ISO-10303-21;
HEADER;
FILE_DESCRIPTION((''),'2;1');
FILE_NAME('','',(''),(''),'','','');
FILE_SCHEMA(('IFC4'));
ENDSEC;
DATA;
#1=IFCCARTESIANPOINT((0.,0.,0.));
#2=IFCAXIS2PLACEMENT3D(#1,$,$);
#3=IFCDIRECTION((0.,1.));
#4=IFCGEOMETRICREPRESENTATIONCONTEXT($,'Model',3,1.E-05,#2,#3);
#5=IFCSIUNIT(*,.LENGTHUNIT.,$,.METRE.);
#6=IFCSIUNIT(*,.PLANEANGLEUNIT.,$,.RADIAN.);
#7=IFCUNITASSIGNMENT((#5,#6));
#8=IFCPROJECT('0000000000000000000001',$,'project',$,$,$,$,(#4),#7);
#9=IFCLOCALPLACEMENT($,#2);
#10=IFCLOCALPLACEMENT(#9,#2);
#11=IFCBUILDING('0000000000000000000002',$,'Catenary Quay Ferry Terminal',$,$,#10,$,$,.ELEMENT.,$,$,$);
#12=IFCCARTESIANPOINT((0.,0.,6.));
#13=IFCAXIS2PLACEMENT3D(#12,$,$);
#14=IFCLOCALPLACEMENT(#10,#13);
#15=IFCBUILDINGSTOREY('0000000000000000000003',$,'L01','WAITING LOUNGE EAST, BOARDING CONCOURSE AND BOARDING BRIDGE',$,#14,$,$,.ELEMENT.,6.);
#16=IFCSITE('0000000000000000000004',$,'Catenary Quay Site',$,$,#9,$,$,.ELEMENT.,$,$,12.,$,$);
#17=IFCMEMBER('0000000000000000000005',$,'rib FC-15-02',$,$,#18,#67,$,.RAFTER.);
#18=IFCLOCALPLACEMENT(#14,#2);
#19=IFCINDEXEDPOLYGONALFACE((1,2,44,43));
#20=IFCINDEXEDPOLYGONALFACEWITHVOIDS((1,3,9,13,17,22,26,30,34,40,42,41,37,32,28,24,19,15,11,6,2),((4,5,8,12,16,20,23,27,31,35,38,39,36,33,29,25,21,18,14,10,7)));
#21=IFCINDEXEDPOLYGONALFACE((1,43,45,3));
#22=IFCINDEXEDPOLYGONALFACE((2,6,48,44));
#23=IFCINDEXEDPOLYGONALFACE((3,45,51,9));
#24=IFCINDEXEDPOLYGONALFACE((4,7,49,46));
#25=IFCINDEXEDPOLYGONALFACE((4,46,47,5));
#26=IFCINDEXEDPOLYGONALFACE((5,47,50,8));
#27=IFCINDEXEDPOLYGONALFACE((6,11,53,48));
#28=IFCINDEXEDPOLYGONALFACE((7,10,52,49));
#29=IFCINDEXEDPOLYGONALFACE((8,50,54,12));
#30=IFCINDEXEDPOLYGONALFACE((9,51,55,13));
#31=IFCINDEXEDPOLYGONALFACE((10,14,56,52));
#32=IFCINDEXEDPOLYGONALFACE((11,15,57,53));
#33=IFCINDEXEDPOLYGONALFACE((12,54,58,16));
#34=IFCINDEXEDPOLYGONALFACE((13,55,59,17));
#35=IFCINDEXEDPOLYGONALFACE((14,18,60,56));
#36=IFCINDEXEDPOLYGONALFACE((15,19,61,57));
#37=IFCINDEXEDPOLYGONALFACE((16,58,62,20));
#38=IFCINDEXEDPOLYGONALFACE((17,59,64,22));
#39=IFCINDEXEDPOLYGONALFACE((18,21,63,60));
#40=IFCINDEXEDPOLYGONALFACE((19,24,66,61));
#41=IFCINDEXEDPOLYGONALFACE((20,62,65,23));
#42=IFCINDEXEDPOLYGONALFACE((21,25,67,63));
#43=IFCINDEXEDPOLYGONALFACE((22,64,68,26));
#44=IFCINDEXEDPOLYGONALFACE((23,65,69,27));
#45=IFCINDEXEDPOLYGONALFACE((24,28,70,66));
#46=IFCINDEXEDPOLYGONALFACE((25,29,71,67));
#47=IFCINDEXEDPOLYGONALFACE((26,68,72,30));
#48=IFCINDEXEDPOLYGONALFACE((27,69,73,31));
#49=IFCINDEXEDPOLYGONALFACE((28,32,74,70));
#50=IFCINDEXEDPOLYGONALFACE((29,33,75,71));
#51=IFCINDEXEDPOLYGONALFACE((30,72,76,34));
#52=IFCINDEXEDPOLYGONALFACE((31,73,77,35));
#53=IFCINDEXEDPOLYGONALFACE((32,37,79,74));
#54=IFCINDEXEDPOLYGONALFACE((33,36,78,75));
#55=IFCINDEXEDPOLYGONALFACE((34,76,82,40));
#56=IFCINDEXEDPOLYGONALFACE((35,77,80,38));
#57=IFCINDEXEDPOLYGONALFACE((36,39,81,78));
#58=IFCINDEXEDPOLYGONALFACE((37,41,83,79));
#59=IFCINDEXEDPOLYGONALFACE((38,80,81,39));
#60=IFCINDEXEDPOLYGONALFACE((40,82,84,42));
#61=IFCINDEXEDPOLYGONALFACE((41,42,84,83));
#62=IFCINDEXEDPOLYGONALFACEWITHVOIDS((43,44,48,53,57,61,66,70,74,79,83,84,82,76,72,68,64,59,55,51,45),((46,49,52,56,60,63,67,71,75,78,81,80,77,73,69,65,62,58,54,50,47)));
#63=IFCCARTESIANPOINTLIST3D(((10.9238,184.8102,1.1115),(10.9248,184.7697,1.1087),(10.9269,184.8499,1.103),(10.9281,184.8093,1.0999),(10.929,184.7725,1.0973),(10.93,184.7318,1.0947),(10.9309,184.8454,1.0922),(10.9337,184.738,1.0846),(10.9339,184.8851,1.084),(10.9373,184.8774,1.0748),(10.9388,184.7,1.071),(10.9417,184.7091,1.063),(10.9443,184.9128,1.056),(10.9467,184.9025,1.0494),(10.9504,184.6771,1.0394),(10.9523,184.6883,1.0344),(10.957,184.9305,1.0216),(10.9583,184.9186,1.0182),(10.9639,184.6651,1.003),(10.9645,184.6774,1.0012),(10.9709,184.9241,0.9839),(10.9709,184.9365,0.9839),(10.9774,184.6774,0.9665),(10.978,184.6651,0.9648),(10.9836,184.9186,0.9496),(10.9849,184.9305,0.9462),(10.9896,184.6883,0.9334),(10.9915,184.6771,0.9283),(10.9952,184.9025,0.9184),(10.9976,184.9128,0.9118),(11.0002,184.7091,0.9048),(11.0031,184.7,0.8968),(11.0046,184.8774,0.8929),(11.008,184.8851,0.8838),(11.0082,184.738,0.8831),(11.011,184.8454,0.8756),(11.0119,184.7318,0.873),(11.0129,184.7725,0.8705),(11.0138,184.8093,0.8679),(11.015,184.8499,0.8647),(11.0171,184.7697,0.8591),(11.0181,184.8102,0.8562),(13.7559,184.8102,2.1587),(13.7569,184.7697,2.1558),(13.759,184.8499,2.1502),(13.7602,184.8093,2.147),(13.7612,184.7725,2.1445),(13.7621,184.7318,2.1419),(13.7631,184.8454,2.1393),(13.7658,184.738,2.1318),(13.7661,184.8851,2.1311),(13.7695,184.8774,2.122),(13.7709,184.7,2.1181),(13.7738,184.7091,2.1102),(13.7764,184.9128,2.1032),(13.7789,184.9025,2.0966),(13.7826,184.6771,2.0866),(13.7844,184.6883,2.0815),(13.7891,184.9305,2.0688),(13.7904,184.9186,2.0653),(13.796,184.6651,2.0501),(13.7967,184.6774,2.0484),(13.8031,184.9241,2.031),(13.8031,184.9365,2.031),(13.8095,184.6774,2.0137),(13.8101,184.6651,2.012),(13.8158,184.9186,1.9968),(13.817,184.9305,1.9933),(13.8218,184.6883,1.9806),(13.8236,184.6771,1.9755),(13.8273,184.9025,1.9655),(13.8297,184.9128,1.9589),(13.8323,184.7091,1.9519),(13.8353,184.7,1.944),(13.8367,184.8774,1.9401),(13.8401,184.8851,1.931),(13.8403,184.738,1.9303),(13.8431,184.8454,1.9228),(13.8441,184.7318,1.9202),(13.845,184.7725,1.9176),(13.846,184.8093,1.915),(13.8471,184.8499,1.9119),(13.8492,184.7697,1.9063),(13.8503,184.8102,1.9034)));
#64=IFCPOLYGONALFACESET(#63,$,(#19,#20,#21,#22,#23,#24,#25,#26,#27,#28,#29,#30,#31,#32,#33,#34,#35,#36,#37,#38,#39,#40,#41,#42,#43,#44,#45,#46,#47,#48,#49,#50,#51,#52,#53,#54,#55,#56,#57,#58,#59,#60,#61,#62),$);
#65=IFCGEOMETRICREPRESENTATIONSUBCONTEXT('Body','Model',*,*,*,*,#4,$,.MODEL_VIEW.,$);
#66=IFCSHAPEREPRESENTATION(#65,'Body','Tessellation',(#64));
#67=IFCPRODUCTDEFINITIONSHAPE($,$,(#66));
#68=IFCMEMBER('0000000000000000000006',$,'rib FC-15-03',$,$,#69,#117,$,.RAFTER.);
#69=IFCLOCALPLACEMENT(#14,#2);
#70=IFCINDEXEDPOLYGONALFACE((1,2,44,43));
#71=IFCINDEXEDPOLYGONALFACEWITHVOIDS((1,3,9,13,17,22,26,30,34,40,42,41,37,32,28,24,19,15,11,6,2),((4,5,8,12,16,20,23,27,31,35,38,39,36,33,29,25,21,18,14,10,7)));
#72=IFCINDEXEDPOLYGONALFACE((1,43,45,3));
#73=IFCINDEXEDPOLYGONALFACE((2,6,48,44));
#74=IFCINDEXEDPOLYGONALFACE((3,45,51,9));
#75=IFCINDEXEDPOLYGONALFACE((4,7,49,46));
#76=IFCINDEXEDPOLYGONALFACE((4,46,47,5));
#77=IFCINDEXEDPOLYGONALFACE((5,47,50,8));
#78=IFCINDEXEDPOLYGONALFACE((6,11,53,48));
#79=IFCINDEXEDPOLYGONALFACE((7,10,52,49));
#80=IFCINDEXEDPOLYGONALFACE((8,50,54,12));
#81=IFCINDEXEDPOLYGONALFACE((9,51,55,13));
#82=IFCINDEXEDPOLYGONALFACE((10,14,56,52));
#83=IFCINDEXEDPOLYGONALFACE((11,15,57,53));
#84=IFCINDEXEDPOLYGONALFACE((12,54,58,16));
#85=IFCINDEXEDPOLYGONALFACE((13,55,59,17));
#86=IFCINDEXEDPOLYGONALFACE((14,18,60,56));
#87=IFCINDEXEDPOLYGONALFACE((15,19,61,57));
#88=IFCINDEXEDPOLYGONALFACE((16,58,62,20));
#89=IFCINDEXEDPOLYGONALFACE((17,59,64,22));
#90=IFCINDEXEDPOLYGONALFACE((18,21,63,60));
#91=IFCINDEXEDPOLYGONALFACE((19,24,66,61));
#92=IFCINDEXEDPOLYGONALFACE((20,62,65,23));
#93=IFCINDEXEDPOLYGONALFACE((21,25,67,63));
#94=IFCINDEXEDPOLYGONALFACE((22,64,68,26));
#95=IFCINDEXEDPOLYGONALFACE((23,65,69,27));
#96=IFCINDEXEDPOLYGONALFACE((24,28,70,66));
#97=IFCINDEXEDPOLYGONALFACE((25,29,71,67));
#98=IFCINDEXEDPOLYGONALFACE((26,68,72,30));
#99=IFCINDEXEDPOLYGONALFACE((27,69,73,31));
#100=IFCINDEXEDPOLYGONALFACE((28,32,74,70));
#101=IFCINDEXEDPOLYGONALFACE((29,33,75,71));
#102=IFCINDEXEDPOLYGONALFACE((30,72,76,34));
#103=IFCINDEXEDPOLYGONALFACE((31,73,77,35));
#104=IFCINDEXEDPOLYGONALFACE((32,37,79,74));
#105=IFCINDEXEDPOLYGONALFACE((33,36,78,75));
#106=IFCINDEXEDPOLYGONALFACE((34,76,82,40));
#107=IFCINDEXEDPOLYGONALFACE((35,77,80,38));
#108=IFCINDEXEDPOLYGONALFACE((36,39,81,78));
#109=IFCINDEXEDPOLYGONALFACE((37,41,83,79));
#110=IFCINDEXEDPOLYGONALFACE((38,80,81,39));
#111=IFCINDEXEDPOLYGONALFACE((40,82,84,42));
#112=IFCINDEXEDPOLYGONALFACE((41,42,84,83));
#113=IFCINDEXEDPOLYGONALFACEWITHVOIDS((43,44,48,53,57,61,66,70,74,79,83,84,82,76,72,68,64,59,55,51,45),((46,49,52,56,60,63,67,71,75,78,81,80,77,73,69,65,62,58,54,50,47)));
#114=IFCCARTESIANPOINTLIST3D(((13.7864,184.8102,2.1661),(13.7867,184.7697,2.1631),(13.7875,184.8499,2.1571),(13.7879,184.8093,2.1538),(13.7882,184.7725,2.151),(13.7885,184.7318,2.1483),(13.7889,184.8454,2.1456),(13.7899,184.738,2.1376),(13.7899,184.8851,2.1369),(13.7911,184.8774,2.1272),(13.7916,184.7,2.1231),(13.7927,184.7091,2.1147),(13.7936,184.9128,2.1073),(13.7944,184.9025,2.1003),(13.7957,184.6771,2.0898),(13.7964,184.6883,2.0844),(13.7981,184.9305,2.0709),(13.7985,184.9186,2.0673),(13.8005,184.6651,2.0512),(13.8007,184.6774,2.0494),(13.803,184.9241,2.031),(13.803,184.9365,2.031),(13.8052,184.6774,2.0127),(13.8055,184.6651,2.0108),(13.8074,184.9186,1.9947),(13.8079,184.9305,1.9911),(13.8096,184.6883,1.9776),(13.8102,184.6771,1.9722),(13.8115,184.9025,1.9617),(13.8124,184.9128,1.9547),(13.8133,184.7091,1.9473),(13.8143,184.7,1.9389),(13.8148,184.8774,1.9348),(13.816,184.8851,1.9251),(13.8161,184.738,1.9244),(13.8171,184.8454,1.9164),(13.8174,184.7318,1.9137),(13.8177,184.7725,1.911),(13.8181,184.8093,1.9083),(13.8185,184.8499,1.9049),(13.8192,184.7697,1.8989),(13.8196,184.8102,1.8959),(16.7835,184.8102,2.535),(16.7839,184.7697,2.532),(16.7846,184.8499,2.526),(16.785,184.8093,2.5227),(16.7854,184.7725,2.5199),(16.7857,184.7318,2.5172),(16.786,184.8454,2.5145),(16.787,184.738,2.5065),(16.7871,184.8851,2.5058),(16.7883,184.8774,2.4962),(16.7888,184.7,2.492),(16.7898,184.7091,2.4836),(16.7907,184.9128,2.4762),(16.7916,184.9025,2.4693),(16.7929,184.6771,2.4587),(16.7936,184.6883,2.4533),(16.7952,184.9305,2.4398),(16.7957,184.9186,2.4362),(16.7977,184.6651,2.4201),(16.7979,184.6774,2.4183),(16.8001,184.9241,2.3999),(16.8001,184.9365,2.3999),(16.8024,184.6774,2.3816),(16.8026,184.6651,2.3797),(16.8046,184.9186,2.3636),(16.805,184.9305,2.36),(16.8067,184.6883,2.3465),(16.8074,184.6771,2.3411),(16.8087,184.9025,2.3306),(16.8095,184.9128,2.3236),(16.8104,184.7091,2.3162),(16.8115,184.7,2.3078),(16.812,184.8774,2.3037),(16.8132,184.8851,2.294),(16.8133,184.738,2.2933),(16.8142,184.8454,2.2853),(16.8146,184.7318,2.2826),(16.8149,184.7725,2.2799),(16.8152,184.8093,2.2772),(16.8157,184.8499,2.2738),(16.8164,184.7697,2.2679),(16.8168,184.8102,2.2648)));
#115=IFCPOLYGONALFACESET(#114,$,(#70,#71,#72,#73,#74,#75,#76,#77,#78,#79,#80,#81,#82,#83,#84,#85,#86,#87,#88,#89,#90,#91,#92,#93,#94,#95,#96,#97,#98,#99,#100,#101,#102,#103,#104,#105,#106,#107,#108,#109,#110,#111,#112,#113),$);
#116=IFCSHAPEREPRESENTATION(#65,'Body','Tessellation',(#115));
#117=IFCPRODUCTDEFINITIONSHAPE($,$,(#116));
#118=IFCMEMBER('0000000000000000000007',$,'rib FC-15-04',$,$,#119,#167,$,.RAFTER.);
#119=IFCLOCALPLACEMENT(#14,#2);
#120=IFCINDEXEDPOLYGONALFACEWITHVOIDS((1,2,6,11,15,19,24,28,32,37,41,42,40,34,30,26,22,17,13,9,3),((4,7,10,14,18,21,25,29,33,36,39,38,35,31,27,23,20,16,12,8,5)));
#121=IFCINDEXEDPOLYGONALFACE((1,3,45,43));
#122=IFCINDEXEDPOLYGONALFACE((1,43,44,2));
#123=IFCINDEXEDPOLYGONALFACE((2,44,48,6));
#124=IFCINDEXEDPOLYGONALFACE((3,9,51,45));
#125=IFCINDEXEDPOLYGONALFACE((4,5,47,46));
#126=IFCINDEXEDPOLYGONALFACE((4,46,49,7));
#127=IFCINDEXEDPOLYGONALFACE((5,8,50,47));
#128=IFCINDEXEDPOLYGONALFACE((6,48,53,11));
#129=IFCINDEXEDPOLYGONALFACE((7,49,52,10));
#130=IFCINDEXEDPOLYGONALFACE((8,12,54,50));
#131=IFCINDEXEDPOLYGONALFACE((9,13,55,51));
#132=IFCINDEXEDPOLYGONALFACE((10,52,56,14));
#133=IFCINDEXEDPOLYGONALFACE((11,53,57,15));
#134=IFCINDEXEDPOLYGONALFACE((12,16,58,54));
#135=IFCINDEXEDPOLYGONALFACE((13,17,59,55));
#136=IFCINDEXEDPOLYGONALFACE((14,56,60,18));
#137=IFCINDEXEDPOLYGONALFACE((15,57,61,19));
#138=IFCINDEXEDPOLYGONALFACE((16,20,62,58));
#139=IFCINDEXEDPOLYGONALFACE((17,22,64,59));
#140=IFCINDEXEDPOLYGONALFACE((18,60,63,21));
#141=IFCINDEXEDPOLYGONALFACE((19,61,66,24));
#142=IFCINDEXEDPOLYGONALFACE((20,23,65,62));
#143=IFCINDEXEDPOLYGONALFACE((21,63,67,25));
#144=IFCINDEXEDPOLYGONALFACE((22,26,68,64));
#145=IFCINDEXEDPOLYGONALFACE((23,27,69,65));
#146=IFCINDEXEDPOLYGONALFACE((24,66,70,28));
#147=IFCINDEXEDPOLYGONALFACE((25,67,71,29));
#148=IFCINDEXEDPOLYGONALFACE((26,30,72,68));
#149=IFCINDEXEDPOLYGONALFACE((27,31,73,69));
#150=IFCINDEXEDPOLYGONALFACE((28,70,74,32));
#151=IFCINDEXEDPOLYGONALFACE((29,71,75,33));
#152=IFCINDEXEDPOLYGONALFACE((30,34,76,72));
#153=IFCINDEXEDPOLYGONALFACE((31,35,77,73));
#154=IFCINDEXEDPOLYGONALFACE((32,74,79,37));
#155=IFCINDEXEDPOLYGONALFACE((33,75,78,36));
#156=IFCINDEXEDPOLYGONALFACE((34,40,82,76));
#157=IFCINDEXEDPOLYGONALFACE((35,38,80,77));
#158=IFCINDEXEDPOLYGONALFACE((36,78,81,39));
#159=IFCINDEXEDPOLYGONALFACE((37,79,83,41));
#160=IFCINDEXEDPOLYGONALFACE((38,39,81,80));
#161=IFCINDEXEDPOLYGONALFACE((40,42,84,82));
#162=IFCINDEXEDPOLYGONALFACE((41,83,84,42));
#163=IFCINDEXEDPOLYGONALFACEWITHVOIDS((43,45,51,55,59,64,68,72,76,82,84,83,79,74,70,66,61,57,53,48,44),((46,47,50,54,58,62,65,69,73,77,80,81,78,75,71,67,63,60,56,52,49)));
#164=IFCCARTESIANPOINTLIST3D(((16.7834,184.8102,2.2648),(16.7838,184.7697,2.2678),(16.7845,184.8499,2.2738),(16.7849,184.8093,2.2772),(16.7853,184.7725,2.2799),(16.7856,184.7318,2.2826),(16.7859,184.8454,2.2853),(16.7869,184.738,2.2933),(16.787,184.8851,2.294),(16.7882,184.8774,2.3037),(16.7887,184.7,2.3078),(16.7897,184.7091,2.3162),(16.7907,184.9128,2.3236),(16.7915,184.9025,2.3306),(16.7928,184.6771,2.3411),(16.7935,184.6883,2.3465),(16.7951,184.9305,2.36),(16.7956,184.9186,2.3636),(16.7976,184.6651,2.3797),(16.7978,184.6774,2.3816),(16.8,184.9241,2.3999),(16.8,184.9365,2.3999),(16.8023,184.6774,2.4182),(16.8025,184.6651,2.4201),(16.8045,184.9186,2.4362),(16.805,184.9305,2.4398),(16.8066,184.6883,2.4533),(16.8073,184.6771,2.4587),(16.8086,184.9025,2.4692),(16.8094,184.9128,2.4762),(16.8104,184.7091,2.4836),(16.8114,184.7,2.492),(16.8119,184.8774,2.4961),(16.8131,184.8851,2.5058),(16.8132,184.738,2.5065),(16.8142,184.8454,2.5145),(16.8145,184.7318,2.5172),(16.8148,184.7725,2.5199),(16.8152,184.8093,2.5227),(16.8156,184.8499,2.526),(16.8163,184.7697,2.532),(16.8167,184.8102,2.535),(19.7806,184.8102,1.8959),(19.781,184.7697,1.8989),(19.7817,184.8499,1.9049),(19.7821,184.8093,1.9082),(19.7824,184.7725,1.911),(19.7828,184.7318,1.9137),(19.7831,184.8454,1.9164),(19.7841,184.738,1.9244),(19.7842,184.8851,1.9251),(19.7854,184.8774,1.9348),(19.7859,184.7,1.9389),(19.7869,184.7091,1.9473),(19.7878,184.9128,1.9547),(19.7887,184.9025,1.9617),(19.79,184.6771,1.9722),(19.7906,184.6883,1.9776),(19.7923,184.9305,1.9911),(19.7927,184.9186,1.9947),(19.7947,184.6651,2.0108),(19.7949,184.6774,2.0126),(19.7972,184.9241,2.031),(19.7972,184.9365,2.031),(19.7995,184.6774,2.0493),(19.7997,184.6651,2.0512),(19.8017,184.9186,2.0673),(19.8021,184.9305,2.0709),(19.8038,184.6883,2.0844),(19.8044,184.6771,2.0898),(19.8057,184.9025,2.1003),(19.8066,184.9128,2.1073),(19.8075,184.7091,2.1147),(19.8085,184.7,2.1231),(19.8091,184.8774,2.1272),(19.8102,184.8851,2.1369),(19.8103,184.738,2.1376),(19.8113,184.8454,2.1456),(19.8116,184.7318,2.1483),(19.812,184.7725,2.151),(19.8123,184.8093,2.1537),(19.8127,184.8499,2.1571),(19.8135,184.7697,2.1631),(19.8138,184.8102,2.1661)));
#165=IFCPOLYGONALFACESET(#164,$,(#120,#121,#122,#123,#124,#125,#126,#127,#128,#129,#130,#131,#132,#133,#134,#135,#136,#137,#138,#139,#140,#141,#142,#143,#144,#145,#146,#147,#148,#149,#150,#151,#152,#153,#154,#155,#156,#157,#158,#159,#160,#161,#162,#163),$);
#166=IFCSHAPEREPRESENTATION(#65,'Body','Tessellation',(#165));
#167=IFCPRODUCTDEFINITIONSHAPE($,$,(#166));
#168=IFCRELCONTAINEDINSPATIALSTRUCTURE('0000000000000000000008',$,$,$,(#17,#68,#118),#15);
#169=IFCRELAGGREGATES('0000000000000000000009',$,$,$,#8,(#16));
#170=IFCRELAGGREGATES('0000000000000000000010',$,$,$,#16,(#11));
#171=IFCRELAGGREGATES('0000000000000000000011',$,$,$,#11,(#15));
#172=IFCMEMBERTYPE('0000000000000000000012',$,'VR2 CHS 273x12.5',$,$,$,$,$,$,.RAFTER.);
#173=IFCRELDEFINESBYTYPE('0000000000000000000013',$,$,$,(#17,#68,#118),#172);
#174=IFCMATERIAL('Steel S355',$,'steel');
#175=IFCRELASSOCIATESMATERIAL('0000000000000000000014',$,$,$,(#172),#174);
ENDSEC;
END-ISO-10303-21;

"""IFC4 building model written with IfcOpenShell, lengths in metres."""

from ifc_helpers import new_model, si_unit, direction, frame, origin, origin_2d, place, context, subcontext, project, spatial, hollow_circle, extrude, material, material_profile, profile_set, type_object, element, save


model = new_model("IFC4")

# Units and contexts
model_context = context("Model", 3, precision=1e-05, world=origin(), true_north=direction((0.0, 1.0)))
body_context = subcontext(model_context, "Body", "Model", "MODEL_VIEW")
ifc_project = project(units=[si_unit("LENGTHUNIT", "METRE"), si_unit("PLANEANGLEUNIT", "RADIAN")], contexts=[model_context])

# Site, building, storey
site_placement = place(None, origin())
site = spatial("IfcSite", under=ifc_project, at=site_placement, Name="Catenary Quay Site", CompositionType="ELEMENT", RefElevation=12.0)
building_placement = place(site_placement, origin())
building = spatial("IfcBuilding", under=site, at=building_placement, Name="Catenary Quay Ferry Terminal", CompositionType="ELEMENT")
storey_placement = place(building_placement, frame((0.0, 0.0, 6.0)))
storey = spatial("IfcBuildingStorey", under=building, at=storey_placement, Name="L01", Description="WAITING LOUNGE EAST, BOARDING CONCOURSE AND BOARDING BRIDGE", CompositionType="ELEMENT", Elevation=6.0)

# Members
ifc_material_1 = material(Name="Steel S355", Category="steel")
ifc_material_profile_1 = material_profile(ifc_material_1, hollow_circle(Radius=0.1365, WallThickness=0.0125, at=origin_2d()), Name="CHS 273x12.5")
ifc_profile_set_1 = profile_set([ifc_material_profile_1], Name="Steel S355")
member_type_1 = type_object("IfcMemberType", Name="VR2 CHS 273x12.5", PredefinedType="RAFTER", material=ifc_profile_set_1)
member_1_placement = place(storey_placement, frame((10.9709, 184.8, 0.9839), z_axis=(0.937941, 0.0, 0.346796), x_axis=(0.0, 1.0, 0.0)))
element("IfcMember", 1, at=member_1_placement, inside=storey, type_object=member_type_1, Name="rib FC-15-02", PredefinedType="RAFTER", context=body_context, shape_type="SweptSolid", body=[
    extrude(hollow_circle(Radius=0.1365, WallThickness=0.0125, at=origin_2d()), origin(), (0.0, 0.0, 1.0), 3.0195),
])
for number, where, z_axis, x_axis, name in (
    (2, (13.803, 184.8, 2.031), (0.99251, 0.0, 0.122164), (0.0, 1.0, 0.0), "rib FC-15-03"),
    (3, (16.8, 184.8, 2.3999), (0.99251, 0.0, -0.122164), (0.0, 1.0, 0.0), "rib FC-15-04"),
):
    element("IfcMember", number, at=place(storey_placement, frame(where, z_axis=z_axis, x_axis=x_axis)), inside=storey, type_object=member_type_1, Name=name, PredefinedType="RAFTER", context=body_context, shape_type="SweptSolid", body=[
        extrude(hollow_circle(Radius=0.1365, WallThickness=0.0125, at=origin_2d()), origin(), (0.0, 0.0, 1.0), 3.0198),
    ])

save(model, "model.ifc")
